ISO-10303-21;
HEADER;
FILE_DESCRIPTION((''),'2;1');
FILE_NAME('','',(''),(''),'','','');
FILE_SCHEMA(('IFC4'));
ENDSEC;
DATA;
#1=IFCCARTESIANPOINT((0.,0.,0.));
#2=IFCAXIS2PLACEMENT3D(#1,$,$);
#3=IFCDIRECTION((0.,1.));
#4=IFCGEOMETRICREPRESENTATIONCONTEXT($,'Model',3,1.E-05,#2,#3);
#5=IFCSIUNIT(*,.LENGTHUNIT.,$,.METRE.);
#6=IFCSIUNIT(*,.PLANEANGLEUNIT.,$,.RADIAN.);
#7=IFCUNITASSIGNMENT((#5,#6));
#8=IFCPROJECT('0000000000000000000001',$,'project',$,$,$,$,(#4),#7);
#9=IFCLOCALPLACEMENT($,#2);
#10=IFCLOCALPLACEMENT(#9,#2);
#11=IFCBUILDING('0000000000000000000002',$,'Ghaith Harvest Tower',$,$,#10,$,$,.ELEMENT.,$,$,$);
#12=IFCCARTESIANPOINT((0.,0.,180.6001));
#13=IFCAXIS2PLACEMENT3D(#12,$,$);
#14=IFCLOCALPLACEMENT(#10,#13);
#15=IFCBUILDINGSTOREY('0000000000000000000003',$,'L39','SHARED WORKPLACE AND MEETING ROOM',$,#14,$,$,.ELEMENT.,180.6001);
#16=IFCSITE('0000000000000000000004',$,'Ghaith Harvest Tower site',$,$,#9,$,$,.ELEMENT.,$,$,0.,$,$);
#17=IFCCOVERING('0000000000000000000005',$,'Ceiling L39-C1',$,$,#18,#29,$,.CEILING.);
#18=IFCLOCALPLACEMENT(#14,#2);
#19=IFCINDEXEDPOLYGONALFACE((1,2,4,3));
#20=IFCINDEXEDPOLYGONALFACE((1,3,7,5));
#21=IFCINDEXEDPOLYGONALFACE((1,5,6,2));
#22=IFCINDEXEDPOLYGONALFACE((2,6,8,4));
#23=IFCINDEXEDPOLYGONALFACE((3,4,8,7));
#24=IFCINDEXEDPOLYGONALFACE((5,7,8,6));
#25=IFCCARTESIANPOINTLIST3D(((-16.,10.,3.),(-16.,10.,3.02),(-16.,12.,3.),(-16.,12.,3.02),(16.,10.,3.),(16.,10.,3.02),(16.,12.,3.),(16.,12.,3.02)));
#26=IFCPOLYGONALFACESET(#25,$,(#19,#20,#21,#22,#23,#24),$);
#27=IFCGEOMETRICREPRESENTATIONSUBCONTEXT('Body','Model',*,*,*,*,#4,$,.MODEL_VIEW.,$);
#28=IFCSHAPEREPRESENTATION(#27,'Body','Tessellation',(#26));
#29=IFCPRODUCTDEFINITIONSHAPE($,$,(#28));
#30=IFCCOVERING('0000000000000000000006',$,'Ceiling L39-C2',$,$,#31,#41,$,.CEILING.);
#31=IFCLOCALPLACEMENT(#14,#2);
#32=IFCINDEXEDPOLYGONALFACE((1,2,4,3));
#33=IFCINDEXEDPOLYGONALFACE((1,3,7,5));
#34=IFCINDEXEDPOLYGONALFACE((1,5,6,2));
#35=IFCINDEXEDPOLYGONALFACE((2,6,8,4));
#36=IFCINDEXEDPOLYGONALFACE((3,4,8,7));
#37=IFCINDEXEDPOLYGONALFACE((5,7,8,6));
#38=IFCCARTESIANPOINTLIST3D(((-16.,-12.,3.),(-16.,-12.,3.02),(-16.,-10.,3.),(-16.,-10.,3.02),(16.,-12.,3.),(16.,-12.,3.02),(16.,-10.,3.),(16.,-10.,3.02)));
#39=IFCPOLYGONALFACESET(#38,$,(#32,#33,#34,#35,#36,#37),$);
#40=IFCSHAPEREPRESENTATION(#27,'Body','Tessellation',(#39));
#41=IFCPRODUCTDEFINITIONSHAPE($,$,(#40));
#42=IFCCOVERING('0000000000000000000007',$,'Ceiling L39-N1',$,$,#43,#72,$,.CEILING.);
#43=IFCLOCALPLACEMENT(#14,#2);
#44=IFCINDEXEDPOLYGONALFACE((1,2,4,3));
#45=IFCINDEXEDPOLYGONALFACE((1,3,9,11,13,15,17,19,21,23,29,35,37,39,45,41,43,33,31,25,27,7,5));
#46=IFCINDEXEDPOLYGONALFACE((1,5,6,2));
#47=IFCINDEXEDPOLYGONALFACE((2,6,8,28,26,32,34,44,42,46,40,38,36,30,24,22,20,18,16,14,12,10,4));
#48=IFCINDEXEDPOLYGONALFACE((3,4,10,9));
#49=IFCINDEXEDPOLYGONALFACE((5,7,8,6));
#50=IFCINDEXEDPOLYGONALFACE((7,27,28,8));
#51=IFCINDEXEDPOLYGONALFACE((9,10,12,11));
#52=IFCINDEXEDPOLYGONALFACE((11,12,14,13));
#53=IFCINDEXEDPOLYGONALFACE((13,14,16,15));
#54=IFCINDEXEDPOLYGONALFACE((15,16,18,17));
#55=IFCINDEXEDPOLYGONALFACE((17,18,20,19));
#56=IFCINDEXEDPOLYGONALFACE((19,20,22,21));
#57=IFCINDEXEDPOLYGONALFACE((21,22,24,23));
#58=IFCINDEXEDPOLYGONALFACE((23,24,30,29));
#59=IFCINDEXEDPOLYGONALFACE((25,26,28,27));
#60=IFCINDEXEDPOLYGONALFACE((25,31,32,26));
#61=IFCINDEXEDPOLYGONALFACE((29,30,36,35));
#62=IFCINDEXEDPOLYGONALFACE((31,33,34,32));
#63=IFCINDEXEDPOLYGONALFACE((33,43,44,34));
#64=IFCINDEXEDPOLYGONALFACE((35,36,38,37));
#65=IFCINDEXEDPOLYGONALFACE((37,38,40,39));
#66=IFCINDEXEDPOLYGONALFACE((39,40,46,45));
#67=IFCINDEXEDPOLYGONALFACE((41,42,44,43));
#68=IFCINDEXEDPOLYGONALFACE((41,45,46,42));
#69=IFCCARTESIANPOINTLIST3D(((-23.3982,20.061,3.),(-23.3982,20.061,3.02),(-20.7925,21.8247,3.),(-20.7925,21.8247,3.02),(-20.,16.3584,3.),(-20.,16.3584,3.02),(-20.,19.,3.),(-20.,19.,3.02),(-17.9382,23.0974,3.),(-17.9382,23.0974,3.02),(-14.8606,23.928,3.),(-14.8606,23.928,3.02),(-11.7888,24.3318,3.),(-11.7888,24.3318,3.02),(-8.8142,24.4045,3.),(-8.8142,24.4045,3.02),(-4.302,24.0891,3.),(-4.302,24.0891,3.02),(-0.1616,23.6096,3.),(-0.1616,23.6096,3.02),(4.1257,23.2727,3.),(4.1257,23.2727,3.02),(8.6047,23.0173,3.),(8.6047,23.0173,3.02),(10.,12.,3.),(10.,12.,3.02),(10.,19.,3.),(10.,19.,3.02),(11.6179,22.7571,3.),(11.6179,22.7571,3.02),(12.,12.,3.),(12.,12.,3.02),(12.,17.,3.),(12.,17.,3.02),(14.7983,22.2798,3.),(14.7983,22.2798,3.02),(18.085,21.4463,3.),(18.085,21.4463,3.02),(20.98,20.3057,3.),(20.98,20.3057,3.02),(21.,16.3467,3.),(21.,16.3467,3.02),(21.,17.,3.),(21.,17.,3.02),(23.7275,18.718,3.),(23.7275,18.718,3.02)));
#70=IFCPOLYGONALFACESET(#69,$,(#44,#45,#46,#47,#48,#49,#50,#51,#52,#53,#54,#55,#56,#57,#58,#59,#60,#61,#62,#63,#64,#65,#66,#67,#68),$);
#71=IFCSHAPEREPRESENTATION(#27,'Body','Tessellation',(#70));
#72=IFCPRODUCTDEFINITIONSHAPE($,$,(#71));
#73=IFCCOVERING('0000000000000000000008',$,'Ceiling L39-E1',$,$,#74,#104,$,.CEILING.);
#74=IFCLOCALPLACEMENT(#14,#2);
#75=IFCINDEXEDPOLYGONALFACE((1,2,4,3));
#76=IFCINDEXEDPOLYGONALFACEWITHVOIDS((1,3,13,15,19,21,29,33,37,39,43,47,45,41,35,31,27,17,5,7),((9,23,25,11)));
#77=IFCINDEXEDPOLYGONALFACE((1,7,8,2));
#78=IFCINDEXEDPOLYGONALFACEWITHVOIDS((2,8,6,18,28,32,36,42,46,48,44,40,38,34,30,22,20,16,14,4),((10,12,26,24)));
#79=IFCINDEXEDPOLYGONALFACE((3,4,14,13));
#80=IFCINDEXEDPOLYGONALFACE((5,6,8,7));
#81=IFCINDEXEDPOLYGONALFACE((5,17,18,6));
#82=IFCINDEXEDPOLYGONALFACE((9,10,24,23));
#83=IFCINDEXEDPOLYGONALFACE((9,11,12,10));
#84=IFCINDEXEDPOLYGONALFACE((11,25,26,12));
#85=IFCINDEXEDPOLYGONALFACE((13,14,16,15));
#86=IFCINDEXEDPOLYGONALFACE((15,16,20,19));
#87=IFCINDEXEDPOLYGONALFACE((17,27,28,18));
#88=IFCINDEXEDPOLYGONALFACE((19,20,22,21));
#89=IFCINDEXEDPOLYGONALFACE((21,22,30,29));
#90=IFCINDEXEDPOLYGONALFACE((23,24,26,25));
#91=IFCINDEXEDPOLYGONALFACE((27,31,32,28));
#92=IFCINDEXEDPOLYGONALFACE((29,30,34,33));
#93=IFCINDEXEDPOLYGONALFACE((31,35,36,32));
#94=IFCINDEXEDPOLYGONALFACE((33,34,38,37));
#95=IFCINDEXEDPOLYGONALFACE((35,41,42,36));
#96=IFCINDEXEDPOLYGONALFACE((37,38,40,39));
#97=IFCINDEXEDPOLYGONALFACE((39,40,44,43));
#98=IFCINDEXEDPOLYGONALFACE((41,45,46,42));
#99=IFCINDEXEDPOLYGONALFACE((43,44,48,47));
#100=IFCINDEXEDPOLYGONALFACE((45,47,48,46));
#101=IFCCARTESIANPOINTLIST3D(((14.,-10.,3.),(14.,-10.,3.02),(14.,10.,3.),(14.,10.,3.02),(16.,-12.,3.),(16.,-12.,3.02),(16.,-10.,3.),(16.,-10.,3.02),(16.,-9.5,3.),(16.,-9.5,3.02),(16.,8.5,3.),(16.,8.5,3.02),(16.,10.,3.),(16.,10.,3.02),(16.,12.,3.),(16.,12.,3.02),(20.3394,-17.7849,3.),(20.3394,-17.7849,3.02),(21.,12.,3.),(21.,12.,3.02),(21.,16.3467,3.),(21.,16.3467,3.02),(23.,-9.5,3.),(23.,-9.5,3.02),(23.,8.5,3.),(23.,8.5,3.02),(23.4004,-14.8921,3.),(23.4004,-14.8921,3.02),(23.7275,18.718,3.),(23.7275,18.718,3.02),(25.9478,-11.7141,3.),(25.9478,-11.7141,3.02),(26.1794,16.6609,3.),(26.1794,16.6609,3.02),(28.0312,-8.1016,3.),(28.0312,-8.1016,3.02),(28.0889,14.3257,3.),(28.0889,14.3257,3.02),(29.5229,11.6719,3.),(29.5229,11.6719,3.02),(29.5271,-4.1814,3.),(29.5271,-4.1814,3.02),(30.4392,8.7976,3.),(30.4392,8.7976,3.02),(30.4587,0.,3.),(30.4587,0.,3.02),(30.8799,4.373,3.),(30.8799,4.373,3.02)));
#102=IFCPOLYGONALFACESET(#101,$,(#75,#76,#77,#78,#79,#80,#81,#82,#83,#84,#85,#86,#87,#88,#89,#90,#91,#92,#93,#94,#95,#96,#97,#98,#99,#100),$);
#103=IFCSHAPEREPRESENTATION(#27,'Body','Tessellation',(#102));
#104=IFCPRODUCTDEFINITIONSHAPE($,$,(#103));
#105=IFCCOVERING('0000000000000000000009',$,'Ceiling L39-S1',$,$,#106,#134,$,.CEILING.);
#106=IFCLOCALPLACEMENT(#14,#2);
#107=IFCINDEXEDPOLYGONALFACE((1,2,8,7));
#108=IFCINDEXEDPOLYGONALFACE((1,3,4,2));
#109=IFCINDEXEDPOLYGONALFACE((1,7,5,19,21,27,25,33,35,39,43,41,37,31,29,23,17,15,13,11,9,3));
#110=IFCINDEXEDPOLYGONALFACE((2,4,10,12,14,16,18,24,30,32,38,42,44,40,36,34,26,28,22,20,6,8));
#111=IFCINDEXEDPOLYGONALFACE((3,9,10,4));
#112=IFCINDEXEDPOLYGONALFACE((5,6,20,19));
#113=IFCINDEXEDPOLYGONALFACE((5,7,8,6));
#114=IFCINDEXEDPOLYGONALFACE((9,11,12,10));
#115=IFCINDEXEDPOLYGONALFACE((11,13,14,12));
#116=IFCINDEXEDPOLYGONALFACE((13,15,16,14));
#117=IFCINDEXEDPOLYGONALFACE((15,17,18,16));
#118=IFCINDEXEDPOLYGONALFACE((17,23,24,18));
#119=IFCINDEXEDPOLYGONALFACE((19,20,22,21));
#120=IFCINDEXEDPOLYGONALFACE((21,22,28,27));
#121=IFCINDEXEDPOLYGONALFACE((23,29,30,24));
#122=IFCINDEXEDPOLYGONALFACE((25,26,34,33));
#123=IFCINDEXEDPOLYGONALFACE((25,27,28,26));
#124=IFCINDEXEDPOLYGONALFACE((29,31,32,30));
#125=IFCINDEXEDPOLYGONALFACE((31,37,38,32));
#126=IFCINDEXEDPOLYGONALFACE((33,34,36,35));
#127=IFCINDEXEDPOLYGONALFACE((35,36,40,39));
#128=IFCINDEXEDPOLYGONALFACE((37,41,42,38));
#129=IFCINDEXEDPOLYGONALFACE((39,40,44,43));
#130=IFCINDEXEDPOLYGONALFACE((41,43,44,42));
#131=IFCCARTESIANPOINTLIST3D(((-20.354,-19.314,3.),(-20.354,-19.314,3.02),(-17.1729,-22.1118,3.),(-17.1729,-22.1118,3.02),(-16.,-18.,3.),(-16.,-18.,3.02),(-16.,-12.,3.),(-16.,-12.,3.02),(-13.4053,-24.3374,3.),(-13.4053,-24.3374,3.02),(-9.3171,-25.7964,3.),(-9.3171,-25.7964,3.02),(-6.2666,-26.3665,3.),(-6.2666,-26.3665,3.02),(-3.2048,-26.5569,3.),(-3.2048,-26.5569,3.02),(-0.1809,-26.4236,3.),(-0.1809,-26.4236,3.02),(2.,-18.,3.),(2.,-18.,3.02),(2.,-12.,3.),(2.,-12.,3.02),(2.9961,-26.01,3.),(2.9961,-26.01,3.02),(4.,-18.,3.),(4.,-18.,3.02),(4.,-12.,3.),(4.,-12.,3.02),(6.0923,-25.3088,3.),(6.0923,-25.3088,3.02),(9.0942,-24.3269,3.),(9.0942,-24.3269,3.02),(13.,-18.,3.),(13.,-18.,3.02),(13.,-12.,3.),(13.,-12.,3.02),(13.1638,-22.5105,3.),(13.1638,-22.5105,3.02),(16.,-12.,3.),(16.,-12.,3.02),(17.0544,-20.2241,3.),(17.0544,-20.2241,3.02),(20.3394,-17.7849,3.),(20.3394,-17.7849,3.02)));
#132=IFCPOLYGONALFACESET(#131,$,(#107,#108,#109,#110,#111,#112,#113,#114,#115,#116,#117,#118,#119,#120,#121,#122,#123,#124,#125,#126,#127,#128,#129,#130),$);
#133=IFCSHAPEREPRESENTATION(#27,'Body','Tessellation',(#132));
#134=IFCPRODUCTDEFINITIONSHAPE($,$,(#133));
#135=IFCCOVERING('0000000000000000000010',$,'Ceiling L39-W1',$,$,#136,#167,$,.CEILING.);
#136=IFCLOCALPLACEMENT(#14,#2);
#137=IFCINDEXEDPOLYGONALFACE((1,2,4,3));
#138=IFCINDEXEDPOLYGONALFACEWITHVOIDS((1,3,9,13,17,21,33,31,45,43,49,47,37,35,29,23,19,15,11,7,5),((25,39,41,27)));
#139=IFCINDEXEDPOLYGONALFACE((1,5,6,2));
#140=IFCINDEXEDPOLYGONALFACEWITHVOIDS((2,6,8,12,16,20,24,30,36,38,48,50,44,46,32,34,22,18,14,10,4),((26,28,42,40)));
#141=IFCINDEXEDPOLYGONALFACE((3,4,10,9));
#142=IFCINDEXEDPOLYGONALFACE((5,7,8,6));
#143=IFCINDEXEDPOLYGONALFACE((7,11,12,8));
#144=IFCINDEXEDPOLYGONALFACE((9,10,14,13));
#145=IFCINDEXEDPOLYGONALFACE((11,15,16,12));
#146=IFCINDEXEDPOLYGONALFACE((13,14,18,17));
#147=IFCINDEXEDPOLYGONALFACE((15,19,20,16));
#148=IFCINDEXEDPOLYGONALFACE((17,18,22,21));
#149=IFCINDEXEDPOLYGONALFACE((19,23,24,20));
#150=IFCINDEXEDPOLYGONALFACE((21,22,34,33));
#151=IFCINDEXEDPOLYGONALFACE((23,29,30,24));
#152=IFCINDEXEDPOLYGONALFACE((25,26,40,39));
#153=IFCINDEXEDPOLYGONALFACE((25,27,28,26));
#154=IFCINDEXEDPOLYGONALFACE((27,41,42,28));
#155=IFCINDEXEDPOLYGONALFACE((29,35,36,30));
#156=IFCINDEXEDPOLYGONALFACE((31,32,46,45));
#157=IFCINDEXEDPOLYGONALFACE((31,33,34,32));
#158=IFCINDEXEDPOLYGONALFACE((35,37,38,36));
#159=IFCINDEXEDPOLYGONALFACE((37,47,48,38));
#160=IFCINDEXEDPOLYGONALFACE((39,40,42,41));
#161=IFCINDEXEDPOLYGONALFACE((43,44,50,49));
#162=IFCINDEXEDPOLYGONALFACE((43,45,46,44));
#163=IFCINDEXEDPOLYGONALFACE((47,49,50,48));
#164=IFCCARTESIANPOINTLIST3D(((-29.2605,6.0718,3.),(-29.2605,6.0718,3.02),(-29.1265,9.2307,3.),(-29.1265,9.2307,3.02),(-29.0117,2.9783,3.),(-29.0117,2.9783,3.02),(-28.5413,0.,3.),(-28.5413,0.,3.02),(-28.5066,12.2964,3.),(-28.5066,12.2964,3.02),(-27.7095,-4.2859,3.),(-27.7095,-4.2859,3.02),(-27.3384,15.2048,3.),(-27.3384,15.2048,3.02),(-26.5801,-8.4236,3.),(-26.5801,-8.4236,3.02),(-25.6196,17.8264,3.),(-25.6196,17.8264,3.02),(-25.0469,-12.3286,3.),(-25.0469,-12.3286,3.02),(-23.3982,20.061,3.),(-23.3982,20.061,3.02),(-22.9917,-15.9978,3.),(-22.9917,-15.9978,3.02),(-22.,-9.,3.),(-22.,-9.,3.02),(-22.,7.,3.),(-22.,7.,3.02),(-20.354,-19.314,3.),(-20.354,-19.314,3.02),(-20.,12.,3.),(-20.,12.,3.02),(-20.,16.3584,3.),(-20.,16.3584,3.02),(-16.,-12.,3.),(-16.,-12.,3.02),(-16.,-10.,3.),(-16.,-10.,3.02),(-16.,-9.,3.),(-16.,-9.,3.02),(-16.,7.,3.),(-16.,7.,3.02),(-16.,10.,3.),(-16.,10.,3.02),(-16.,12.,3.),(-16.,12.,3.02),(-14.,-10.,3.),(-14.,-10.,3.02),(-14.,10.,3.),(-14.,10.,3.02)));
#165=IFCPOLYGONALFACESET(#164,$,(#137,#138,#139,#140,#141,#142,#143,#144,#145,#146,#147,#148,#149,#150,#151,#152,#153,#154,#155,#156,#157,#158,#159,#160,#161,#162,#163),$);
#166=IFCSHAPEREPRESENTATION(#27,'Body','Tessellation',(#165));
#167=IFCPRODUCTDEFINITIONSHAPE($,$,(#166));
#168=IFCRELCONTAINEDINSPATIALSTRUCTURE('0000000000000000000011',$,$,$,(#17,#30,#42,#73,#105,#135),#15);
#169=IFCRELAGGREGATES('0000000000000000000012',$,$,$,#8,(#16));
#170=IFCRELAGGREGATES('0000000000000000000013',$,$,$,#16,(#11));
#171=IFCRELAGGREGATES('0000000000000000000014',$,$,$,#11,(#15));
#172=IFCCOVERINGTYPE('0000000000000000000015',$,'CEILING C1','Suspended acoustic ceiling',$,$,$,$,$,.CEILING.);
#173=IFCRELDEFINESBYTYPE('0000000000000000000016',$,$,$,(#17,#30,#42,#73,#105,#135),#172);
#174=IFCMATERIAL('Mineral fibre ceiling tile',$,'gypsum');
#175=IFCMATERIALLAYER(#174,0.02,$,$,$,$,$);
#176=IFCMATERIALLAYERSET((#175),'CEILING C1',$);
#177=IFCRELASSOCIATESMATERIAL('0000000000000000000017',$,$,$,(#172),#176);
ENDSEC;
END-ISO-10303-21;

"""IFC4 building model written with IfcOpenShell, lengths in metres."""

from ifc_helpers import new_model, si_unit, direction, frame, origin, place, context, subcontext, project, spatial, polyline, outline, extrude, material, layer, layer_set, type_object, element, save


model = new_model("IFC4")

# Units and contexts
model_context = context("Model", 3, precision=1e-05, world=origin(), true_north=direction((0.0, 1.0)))
body_context = subcontext(model_context, "Body", "Model", "MODEL_VIEW")
ifc_project = project(units=[si_unit("LENGTHUNIT", "METRE"), si_unit("PLANEANGLEUNIT", "RADIAN")], contexts=[model_context])

# Site, building, storey
site_placement = place(None, origin())
site = spatial("IfcSite", under=ifc_project, at=site_placement, Name="Ghaith Harvest Tower site", CompositionType="ELEMENT", RefElevation=0.0)
building_placement = place(site_placement, origin())
building = spatial("IfcBuilding", under=site, at=building_placement, Name="Ghaith Harvest Tower", CompositionType="ELEMENT")
storey_placement = place(building_placement, frame((0.0, 0.0, 180.6001)))
storey = spatial("IfcBuildingStorey", under=building, at=storey_placement, Name="L39", Description="SHARED WORKPLACE AND MEETING ROOM", CompositionType="ELEMENT", Elevation=180.6001)

# Coverings
ifc_material_1 = material(Name="Mineral fibre ceiling tile", Category="gypsum")
ifc_layer_1 = layer(ifc_material_1, 0.02)
ifc_layer_set_1 = layer_set([ifc_layer_1], Name="CEILING C1")
covering_type = type_object("IfcCoveringType", Name="CEILING C1", Description="Suspended acoustic ceiling", PredefinedType="CEILING", material=ifc_layer_set_1)
covering_1_placement = place(storey_placement, frame((0.0, 0.0, 3.0)))
element("IfcCovering", 1, at=covering_1_placement, inside=storey, type_object=covering_type, Name="Ceiling L39-C1", PredefinedType="CEILING", context=body_context, shape_type="SweptSolid", body=[
    extrude(outline(polyline([(16.0, 10.0), (-16.0, 10.0), (-16.0, 12.0), (16.0, 12.0), (16.0, 10.0)])), origin(), (0.0, 0.0, 1.0), 0.02),
])
covering_2_placement = place(storey_placement, frame((0.0, 0.0, 3.0)))
element("IfcCovering", 2, at=covering_2_placement, inside=storey, type_object=covering_type, Name="Ceiling L39-C2", PredefinedType="CEILING", context=body_context, shape_type="SweptSolid", body=[
    extrude(outline(polyline([(-16.0, -10.0), (16.0, -10.0), (16.0, -12.0), (-16.0, -12.0), (-16.0, -10.0)])), origin(), (0.0, 0.0, 1.0), 0.02),
])
covering_3_placement = place(storey_placement, frame((0.0, 0.0, 3.0)))
element("IfcCovering", 3, at=covering_3_placement, inside=storey, type_object=covering_type, Name="Ceiling L39-N1", PredefinedType="CEILING", context=body_context, shape_type="SweptSolid", body=[
    extrude(outline(polyline([(-20.7925, 21.8247), (-17.9382, 23.0974), (-14.8606, 23.928), (-11.7888, 24.3318), (-8.8142, 24.4045), (-4.302, 24.0891), (-0.1616, 23.6096), (4.1257, 23.2727), (8.6047, 23.0173), (11.6179, 22.7571), (14.7983, 22.2798), (18.085, 21.4463), (20.98, 20.3057), (23.7275, 18.718), (21.0, 16.3467), (21.0, 17.0), (12.0, 17.0), (12.0, 12.0), (10.0, 12.0), (10.0, 19.0), (-20.0, 19.0), (-20.0, 16.3584), (-23.3982, 20.061), (-20.7925, 21.8247)])), origin(), (0.0, 0.0, 1.0), 0.02),
])
covering_4_placement = place(storey_placement, frame((0.0, 0.0, 3.0)))
element("IfcCovering", 4, at=covering_4_placement, inside=storey, type_object=covering_type, Name="Ceiling L39-E1", PredefinedType="CEILING", context=body_context, shape_type="SweptSolid", body=[
    extrude(outline(polyline([(26.1794, 16.6609), (28.0889, 14.3257), (29.5229, 11.6719), (30.4392, 8.7976), (30.8799, 4.373), (30.4587, 0.0), (29.5271, -4.1814), (28.0312, -8.1016), (25.9478, -11.7141), (23.4004, -14.8921), (20.3394, -17.7849), (16.0, -12.0), (16.0, -10.0), (14.0, -10.0), (14.0, 10.0), (16.0, 10.0), (16.0, 12.0), (21.0, 12.0), (21.0, 16.3467), (23.7275, 18.718), (26.1794, 16.6609)]), holes=[polyline([(16.0, -9.5), (23.0, -9.5), (23.0, 8.5), (16.0, 8.5), (16.0, -9.5)])]), origin(), (0.0, 0.0, 1.0), 0.02),
])
covering_5_placement = place(storey_placement, frame((0.0, 0.0, 3.0)))
element("IfcCovering", 5, at=covering_5_placement, inside=storey, type_object=covering_type, Name="Ceiling L39-S1", PredefinedType="CEILING", context=body_context, shape_type="SweptSolid", body=[
    extrude(outline(polyline([(17.0544, -20.2241), (13.1638, -22.5105), (9.0942, -24.3269), (6.0923, -25.3088), (2.9961, -26.01), (-0.1809, -26.4236), (-3.2048, -26.5569), (-6.2666, -26.3665), (-9.3171, -25.7964), (-13.4053, -24.3374), (-17.1729, -22.1118), (-20.354, -19.314), (-16.0, -12.0), (-16.0, -18.0), (2.0, -18.0), (2.0, -12.0), (4.0, -12.0), (4.0, -18.0), (13.0, -18.0), (13.0, -12.0), (16.0, -12.0), (20.3394, -17.7849), (17.0544, -20.2241)])), origin(), (0.0, 0.0, 1.0), 0.02),
])
covering_6_placement = place(storey_placement, frame((0.0, 0.0, 3.0)))
element("IfcCovering", 6, at=covering_6_placement, inside=storey, type_object=covering_type, Name="Ceiling L39-W1", PredefinedType="CEILING", context=body_context, shape_type="SweptSolid", body=[
    extrude(outline(polyline([(-27.7095, -4.2859), (-28.5413, 0.0), (-29.0117, 2.9783), (-29.2605, 6.0718), (-29.1265, 9.2307), (-28.5066, 12.2964), (-27.3384, 15.2048), (-25.6196, 17.8264), (-23.3982, 20.061), (-20.0, 16.3584), (-20.0, 12.0), (-16.0, 12.0), (-16.0, 10.0), (-14.0, 10.0), (-14.0, -10.0), (-16.0, -10.0), (-16.0, -12.0), (-20.354, -19.314), (-22.9917, -15.9978), (-25.0469, -12.3286), (-26.5801, -8.4236), (-27.7095, -4.2859)]), holes=[polyline([(-22.0, 7.0), (-22.0, -9.0), (-16.0, -9.0), (-16.0, 7.0), (-22.0, 7.0)])]), origin(), (0.0, 0.0, 1.0), 0.02),
])

save(model, "model.ifc")
